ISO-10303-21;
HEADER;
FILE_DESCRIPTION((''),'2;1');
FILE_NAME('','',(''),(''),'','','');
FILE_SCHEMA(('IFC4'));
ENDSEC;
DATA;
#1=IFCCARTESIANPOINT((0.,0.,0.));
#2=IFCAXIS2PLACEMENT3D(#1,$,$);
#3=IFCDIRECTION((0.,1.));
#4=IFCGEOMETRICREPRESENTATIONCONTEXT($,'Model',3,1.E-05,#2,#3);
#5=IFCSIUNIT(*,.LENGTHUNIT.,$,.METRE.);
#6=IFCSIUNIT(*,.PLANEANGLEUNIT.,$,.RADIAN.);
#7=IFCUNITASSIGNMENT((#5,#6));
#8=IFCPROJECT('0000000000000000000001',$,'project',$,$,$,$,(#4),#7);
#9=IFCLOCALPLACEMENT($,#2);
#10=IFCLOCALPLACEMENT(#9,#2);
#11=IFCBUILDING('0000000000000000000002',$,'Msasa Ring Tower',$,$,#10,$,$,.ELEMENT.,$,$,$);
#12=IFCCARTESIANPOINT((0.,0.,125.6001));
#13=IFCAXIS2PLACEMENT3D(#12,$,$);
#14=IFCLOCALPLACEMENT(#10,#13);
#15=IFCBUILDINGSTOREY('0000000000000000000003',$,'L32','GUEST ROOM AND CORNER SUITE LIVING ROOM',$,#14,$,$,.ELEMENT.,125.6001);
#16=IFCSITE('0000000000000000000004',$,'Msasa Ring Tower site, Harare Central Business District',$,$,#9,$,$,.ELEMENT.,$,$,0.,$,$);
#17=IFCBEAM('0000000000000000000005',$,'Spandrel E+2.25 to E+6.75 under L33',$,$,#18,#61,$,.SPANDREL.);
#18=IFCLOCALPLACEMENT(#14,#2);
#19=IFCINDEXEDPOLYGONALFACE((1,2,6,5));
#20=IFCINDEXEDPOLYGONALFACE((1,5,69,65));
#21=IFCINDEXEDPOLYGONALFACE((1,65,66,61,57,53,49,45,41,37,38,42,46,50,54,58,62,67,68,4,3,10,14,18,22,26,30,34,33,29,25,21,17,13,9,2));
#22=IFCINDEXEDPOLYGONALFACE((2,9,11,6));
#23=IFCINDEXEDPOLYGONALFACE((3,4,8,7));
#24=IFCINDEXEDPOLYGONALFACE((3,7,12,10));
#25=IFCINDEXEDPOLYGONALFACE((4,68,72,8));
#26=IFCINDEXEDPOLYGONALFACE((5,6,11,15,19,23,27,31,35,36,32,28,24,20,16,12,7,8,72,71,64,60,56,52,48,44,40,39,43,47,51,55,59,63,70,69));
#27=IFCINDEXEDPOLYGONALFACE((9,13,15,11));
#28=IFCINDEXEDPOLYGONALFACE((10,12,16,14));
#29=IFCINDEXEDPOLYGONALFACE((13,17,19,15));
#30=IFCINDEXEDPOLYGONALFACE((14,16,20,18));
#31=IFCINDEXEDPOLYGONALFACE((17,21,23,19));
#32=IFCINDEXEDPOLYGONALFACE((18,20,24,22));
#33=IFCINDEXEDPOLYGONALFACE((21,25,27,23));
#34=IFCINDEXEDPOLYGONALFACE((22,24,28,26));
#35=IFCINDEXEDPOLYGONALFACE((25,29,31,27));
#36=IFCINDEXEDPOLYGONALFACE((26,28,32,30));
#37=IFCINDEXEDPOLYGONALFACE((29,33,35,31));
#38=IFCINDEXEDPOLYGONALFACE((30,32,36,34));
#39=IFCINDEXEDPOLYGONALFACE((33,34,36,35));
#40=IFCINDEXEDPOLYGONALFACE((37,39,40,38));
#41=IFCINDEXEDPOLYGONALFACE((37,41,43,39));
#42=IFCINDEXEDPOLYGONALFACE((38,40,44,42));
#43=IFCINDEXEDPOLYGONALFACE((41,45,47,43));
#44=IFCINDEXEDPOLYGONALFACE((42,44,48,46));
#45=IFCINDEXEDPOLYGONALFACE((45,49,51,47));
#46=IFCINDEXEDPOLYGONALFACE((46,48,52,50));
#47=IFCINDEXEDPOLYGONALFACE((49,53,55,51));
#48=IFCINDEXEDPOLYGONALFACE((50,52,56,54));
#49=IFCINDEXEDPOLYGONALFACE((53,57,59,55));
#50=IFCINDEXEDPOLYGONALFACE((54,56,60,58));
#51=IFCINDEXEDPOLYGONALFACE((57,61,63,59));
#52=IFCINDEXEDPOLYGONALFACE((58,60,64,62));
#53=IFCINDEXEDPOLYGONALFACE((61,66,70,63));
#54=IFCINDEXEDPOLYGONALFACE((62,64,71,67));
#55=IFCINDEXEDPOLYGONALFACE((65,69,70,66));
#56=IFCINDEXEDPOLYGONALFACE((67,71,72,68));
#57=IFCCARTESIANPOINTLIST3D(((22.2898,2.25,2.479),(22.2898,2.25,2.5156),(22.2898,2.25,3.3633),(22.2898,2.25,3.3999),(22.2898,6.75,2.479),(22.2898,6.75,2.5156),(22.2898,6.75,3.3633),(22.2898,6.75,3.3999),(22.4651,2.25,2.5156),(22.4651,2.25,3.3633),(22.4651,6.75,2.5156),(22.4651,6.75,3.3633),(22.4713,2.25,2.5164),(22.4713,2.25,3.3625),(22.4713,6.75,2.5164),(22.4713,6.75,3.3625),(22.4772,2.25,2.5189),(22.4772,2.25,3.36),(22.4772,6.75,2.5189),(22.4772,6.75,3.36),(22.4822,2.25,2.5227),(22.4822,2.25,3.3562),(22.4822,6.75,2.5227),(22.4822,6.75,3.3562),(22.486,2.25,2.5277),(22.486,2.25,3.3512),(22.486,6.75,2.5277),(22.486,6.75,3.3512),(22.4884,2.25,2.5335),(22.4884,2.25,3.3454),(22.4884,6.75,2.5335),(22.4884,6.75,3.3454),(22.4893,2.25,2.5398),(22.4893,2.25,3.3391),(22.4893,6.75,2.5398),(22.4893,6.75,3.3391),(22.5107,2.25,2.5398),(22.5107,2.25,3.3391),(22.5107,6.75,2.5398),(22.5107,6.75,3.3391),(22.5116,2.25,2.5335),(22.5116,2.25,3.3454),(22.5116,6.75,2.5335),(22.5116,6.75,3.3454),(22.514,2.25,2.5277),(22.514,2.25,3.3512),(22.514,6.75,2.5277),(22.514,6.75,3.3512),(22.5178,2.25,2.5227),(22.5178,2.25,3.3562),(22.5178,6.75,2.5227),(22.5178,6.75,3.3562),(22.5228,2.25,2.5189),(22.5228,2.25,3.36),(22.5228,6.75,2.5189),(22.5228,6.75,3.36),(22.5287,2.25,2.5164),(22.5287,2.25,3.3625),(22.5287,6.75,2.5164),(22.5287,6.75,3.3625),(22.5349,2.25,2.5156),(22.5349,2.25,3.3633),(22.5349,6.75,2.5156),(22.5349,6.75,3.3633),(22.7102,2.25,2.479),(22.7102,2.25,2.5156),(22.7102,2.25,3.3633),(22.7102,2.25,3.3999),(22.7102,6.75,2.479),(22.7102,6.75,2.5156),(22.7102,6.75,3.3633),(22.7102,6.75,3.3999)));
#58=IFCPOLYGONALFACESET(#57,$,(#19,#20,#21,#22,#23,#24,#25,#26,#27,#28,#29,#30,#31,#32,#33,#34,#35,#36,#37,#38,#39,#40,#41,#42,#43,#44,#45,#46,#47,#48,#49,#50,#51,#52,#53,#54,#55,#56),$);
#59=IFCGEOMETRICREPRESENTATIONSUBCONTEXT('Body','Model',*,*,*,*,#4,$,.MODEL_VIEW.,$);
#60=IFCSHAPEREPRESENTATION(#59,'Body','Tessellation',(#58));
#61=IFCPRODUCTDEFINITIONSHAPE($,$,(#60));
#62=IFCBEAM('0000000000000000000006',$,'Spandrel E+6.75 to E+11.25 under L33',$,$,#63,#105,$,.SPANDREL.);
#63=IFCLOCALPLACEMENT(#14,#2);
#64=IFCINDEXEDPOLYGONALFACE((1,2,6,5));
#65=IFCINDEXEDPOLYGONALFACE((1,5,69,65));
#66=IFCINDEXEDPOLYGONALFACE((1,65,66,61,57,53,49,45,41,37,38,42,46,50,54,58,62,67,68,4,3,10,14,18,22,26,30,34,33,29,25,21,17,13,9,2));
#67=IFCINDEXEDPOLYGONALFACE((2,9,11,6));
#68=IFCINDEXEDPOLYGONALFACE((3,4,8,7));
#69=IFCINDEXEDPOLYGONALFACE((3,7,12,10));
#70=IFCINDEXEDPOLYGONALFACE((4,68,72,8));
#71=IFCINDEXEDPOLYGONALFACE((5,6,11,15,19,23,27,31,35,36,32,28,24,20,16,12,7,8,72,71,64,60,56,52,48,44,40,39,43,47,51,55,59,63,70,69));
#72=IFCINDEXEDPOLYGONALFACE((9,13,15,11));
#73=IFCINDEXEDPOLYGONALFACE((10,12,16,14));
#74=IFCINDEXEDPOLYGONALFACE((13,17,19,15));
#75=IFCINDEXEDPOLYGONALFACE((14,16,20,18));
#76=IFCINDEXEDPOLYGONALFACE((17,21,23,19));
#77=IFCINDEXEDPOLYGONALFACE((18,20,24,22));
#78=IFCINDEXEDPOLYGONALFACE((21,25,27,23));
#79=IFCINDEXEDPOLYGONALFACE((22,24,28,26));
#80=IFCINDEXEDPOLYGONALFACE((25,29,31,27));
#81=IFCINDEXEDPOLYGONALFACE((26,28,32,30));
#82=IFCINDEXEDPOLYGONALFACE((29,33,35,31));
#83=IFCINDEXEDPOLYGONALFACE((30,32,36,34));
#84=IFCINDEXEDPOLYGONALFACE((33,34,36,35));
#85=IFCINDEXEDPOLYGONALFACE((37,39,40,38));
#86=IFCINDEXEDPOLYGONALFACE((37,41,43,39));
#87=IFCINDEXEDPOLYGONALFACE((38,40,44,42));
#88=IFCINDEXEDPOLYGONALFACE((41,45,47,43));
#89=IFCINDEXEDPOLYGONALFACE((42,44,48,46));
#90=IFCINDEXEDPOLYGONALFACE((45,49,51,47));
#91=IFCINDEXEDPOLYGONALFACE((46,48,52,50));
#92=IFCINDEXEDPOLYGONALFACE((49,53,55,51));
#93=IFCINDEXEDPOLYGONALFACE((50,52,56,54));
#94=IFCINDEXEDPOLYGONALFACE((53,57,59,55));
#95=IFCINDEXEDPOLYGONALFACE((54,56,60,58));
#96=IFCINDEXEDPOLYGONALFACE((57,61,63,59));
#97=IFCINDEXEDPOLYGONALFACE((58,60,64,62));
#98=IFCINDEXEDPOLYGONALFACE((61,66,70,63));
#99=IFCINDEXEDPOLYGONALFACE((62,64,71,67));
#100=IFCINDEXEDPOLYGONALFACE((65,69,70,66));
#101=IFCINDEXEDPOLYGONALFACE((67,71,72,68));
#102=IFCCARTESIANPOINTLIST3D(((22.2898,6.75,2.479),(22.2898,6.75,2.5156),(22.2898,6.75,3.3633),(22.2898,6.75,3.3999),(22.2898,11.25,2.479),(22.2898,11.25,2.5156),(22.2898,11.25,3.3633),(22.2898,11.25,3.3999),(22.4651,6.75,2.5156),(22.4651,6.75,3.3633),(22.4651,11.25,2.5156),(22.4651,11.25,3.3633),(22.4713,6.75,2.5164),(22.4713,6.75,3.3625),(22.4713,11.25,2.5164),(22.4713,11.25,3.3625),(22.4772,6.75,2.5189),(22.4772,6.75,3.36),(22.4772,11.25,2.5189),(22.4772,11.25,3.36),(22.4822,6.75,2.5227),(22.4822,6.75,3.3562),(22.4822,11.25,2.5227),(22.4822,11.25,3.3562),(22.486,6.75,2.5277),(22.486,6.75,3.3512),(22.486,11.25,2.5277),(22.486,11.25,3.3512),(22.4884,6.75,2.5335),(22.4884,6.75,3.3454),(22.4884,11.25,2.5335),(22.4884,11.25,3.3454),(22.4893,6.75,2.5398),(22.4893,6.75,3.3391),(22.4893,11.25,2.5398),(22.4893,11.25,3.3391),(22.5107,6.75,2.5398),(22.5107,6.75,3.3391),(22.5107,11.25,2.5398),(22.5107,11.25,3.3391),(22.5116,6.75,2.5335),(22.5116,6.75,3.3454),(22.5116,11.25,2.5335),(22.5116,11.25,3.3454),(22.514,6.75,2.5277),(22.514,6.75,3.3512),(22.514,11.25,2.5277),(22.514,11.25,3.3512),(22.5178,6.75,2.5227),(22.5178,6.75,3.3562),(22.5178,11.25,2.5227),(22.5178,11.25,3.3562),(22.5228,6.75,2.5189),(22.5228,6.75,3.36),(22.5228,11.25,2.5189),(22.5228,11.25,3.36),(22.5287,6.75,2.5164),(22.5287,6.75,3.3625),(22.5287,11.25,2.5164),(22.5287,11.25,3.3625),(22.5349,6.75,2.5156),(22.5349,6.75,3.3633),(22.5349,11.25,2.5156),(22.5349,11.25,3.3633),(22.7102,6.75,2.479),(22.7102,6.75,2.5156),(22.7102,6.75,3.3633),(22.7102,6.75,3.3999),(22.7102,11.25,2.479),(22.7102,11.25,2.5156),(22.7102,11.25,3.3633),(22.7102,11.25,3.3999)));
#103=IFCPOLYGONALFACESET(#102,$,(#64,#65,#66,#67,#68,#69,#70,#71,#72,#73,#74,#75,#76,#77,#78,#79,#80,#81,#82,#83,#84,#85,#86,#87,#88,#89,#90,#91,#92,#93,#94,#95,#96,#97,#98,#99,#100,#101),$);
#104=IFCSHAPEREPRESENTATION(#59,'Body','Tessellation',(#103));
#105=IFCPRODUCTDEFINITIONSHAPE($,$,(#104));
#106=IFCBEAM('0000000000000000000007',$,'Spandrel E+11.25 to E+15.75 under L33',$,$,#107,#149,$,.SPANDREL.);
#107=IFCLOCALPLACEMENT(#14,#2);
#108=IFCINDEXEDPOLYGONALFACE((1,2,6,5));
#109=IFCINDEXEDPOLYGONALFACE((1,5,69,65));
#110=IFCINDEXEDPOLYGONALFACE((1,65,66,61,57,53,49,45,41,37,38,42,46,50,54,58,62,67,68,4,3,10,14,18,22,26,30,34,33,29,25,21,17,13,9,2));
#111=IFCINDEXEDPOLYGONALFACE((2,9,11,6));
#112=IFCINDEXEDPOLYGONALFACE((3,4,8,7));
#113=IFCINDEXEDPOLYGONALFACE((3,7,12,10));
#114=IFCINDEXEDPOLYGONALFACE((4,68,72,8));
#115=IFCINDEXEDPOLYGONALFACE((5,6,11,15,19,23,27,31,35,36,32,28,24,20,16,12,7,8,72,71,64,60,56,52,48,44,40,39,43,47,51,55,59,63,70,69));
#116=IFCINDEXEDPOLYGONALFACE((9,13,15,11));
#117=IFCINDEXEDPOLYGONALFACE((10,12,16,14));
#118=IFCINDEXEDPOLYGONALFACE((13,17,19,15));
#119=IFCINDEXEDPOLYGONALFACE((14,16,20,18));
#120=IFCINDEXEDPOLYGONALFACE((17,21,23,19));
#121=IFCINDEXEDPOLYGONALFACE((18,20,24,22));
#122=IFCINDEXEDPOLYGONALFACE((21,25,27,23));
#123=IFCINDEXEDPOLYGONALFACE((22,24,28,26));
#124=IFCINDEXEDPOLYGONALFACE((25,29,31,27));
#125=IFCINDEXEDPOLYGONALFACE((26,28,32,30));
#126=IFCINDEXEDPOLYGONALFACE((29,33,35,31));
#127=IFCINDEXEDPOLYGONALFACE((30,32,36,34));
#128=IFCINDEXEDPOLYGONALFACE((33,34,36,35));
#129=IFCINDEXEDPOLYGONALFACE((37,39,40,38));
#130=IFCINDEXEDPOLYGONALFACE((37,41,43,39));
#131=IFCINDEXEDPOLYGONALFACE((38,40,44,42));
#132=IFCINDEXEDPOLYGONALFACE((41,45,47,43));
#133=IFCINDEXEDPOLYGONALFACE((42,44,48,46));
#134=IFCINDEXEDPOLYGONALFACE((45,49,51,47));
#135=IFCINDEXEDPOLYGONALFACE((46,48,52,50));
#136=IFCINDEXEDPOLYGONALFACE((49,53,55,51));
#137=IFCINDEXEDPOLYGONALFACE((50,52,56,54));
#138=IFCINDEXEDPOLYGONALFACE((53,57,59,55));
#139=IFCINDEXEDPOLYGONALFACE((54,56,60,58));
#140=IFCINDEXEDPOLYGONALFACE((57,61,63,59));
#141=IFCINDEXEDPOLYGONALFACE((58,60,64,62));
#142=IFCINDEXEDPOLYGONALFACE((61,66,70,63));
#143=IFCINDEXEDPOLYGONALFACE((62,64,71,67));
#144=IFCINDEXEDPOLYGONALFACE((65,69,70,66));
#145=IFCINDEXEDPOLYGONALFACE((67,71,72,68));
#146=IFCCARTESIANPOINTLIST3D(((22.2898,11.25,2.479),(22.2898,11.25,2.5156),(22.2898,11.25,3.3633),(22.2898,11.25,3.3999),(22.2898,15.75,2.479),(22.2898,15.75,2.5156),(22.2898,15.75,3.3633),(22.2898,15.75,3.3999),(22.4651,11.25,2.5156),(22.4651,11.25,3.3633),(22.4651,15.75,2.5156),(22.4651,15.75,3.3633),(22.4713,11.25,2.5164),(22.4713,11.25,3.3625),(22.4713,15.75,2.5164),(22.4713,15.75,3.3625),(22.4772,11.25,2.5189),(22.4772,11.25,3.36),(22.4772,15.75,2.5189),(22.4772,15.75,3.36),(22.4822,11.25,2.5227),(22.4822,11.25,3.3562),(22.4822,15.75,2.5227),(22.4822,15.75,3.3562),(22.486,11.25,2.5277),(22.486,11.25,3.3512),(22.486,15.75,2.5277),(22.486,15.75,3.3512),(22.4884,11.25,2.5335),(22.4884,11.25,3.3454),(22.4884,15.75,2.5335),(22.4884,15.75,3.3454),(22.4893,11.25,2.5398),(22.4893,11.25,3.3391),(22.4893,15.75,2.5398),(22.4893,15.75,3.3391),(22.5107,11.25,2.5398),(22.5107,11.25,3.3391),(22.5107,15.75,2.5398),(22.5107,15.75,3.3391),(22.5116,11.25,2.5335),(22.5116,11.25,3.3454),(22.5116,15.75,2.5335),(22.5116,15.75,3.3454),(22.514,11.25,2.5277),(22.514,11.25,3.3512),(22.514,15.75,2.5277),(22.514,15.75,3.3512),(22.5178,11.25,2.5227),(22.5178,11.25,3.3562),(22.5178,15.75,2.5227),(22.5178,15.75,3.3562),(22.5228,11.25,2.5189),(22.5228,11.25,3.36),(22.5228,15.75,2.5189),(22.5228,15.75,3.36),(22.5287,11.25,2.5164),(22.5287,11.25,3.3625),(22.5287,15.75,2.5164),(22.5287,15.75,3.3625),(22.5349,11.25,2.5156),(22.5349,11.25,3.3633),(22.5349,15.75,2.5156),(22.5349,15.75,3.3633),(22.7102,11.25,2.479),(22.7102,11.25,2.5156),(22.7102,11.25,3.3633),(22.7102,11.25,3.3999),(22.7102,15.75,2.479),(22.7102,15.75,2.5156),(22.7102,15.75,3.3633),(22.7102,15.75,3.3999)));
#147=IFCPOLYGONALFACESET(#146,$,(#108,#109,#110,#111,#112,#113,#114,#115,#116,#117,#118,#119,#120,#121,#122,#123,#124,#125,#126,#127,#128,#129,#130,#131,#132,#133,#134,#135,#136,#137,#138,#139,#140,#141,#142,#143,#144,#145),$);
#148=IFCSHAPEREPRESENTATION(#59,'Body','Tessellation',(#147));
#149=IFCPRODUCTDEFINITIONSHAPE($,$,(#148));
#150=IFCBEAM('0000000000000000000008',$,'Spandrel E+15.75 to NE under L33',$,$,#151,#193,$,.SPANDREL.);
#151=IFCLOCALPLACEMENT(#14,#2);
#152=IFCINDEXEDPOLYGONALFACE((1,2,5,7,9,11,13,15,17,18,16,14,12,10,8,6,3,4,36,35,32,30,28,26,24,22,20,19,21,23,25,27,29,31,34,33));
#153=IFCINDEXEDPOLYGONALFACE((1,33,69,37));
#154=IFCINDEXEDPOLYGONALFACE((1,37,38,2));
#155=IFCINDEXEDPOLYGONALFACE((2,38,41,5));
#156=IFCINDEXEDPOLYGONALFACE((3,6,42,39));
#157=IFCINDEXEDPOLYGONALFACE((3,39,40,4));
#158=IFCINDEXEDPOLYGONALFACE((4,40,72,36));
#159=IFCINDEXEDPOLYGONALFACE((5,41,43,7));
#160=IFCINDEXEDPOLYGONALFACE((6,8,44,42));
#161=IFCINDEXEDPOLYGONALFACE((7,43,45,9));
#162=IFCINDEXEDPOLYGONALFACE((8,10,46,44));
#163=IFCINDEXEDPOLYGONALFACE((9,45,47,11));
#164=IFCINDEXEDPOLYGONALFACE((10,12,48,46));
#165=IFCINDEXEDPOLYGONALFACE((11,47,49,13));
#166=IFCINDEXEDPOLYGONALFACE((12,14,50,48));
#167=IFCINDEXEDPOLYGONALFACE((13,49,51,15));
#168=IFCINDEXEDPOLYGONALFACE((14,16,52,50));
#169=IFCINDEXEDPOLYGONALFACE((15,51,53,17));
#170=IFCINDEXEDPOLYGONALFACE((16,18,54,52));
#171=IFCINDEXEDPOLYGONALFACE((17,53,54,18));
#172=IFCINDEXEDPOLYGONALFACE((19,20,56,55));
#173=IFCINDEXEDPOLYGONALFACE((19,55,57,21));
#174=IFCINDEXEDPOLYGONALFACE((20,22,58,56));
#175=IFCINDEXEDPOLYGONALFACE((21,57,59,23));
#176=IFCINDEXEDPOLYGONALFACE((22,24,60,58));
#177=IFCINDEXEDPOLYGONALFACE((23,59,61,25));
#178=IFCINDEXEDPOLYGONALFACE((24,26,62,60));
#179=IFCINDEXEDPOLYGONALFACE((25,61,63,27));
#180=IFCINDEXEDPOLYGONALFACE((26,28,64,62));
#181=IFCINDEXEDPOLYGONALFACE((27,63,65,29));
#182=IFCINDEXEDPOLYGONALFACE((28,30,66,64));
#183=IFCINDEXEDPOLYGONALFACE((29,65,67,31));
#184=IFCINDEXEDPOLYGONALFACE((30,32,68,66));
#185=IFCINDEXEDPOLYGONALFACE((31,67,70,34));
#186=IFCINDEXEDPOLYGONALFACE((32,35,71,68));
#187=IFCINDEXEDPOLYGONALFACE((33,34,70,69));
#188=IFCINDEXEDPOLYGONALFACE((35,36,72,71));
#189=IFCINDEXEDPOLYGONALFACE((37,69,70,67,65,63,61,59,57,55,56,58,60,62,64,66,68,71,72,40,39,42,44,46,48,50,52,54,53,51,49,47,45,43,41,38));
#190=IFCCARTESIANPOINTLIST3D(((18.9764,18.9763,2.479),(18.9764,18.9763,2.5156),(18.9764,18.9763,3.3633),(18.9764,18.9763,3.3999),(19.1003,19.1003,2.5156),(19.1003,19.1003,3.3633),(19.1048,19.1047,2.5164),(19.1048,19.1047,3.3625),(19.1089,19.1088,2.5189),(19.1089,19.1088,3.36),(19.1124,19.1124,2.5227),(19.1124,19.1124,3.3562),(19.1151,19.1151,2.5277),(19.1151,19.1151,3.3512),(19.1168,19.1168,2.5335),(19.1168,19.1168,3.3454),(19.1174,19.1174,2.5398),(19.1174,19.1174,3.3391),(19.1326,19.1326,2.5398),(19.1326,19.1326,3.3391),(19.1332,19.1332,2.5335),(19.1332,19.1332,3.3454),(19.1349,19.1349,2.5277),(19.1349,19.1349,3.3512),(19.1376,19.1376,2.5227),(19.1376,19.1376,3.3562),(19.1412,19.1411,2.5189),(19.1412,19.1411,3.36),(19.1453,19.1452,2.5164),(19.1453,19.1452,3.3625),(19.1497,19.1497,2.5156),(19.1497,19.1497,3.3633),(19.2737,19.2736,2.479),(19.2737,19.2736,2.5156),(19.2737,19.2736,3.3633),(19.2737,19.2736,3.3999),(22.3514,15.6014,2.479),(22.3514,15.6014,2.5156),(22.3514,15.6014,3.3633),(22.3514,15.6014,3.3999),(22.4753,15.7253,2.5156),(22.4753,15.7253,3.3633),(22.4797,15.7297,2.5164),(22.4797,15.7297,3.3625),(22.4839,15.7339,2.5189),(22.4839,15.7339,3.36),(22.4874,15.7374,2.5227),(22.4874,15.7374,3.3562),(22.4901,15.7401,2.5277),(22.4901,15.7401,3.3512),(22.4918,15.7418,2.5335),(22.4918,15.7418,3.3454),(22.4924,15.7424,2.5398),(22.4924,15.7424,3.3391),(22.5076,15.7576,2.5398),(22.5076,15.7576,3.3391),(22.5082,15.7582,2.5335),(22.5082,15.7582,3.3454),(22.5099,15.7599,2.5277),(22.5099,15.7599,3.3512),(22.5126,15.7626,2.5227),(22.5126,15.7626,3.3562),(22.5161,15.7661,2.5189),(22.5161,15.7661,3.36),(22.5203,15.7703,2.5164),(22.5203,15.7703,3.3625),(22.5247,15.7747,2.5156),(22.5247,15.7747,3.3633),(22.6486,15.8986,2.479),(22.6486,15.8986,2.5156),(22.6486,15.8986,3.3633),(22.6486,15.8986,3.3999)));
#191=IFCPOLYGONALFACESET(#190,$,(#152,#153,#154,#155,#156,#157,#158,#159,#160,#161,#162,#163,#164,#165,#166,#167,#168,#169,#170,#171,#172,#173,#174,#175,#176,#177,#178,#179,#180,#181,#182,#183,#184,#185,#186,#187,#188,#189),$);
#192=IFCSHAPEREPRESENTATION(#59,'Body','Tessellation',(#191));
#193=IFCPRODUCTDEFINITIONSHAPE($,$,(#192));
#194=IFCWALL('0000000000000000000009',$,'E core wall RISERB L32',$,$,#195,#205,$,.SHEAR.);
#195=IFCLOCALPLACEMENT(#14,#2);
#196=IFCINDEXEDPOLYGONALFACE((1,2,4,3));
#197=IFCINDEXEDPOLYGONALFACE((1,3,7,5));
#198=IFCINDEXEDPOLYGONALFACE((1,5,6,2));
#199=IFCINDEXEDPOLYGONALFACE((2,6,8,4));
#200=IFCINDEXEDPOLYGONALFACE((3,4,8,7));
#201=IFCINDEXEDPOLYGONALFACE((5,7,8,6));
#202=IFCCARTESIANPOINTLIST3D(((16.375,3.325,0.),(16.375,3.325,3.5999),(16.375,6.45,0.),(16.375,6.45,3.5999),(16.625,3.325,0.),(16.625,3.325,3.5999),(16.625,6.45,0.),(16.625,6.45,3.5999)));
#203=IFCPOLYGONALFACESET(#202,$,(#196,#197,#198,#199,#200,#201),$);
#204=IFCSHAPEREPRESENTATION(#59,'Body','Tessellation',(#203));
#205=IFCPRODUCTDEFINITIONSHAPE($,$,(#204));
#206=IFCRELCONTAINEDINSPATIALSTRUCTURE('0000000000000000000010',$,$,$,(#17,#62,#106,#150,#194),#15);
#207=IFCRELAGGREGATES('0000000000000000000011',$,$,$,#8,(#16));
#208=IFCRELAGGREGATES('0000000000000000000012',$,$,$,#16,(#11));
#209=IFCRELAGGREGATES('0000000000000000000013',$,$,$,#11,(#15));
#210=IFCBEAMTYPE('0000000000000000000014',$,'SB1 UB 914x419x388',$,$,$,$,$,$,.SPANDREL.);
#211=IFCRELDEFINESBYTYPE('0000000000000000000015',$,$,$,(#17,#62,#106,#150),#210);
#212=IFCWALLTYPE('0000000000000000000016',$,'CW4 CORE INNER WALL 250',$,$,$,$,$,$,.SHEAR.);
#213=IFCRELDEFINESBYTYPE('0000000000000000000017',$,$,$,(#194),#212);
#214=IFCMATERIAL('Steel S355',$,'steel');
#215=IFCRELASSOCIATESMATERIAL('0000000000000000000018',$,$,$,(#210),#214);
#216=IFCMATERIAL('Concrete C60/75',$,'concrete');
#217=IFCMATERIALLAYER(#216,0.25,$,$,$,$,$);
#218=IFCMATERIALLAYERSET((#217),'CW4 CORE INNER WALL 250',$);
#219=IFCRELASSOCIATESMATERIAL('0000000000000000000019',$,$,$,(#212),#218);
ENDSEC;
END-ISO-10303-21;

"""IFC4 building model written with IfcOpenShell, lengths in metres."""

from ifc_helpers import new_model, si_unit, direction, frame, frame_2d, origin, origin_2d, place, context, subcontext, project, spatial, rectangle, i_section, extrude, material, layer, layer_set, material_profile, profile_set, type_object, element, save


model = new_model("IFC4")

# Units and contexts
model_context = context("Model", 3, precision=1e-05, world=origin(), true_north=direction((0.0, 1.0)))
body_context = subcontext(model_context, "Body", "Model", "MODEL_VIEW")
ifc_project = project(units=[si_unit("LENGTHUNIT", "METRE"), si_unit("PLANEANGLEUNIT", "RADIAN")], contexts=[model_context])

# Site, building, storey
site_placement = place(None, origin())
site = spatial("IfcSite", under=ifc_project, at=site_placement, Name="Msasa Ring Tower site, Harare Central Business District", CompositionType="ELEMENT", RefElevation=0.0)
building_placement = place(site_placement, origin())
building = spatial("IfcBuilding", under=site, at=building_placement, Name="Msasa Ring Tower", CompositionType="ELEMENT")
storey_placement = place(building_placement, frame((0.0, 0.0, 125.6001)))
storey = spatial("IfcBuildingStorey", under=building, at=storey_placement, Name="L32", Description="GUEST ROOM AND CORNER SUITE LIVING ROOM", CompositionType="ELEMENT", Elevation=125.6001)

# Beams
ifc_material_1 = material(Name="Steel S355", Category="steel")
ifc_material_profile_1 = material_profile(ifc_material_1, i_section(OverallWidth=0.4204, OverallDepth=0.9209, WebThickness=0.0215, FlangeThickness=0.0366, FilletRadius=0.0242, at=origin_2d()), Name="UB 914x419x388")
ifc_profile_set_1 = profile_set([ifc_material_profile_1], Name="Steel S355")
beam_type_1 = type_object("IfcBeamType", Name="SB1 UB 914x419x388", PredefinedType="SPANDREL", material=ifc_profile_set_1)
for number, where, z_axis, x_axis, name in (
    (1, (22.5, 2.25, 2.9395), (0.0, 1.0, 0.0), (-1.0, 0.0, 0.0), "Spandrel E+2.25 to E+6.75 under L33"),
    (2, (22.5, 6.75, 2.9395), (0.0, 1.0, 0.0), (-1.0, 0.0, 0.0), "Spandrel E+6.75 to E+11.25 under L33"),
    (3, (22.5, 11.25, 2.9395), (0.0, 1.0, 0.0), (-1.0, 0.0, 0.0), "Spandrel E+11.25 to E+15.75 under L33"),
):
    element("IfcBeam", number, at=place(storey_placement, frame(where, z_axis=z_axis, x_axis=x_axis)), inside=storey, type_object=beam_type_1, Name=name, PredefinedType="SPANDREL", context=body_context, shape_type="SweptSolid", body=[
        extrude(i_section(OverallWidth=0.4204, OverallDepth=0.9209, WebThickness=0.0215, FlangeThickness=0.0366, FilletRadius=0.0242, at=origin_2d()), origin(), (0.0, 0.0, 1.0), 4.5),
    ])
beam_1_placement = place(storey_placement, frame((22.5, 15.75, 2.9395), z_axis=(-0.707107, 0.707107, 0.0), x_axis=(-0.707107, -0.707107, 0.0)))
element("IfcBeam", 4, at=beam_1_placement, inside=storey, type_object=beam_type_1, Name="Spandrel E+15.75 to NE under L33", PredefinedType="SPANDREL", context=body_context, shape_type="SweptSolid", body=[
    extrude(i_section(OverallWidth=0.4204, OverallDepth=0.9209, WebThickness=0.0215, FlangeThickness=0.0366, FilletRadius=0.0242, at=origin_2d()), origin(), (0.0, 0.0, 1.0), 4.7729),
])

# Wall
ifc_material_2 = material(Name="Concrete C60/75", Category="concrete")
ifc_layer_1 = layer(ifc_material_2, 0.25)
ifc_layer_set_1 = layer_set([ifc_layer_1], Name="CW4 CORE INNER WALL 250")
wall_type_1 = type_object("IfcWallType", Name="CW4 CORE INNER WALL 250", PredefinedType="SHEAR", material=ifc_layer_set_1)
wall_1_placement = place(storey_placement, frame((16.5, 3.325, 0.0), z_axis=(0.0, 0.0, 1.0), x_axis=(0.0, 1.0, 0.0)))
element("IfcWall", 5, at=wall_1_placement, inside=storey, type_object=wall_type_1, Name="E core wall RISERB L32", PredefinedType="SHEAR", context=body_context, shape_type="SweptSolid", body=[
    extrude(rectangle(XDim=3.125, YDim=0.25, at=frame_2d((1.5625, 0.0))), origin(), (0.0, 0.0, 1.0), 3.5999),
])

save(model, "model.ifc")
